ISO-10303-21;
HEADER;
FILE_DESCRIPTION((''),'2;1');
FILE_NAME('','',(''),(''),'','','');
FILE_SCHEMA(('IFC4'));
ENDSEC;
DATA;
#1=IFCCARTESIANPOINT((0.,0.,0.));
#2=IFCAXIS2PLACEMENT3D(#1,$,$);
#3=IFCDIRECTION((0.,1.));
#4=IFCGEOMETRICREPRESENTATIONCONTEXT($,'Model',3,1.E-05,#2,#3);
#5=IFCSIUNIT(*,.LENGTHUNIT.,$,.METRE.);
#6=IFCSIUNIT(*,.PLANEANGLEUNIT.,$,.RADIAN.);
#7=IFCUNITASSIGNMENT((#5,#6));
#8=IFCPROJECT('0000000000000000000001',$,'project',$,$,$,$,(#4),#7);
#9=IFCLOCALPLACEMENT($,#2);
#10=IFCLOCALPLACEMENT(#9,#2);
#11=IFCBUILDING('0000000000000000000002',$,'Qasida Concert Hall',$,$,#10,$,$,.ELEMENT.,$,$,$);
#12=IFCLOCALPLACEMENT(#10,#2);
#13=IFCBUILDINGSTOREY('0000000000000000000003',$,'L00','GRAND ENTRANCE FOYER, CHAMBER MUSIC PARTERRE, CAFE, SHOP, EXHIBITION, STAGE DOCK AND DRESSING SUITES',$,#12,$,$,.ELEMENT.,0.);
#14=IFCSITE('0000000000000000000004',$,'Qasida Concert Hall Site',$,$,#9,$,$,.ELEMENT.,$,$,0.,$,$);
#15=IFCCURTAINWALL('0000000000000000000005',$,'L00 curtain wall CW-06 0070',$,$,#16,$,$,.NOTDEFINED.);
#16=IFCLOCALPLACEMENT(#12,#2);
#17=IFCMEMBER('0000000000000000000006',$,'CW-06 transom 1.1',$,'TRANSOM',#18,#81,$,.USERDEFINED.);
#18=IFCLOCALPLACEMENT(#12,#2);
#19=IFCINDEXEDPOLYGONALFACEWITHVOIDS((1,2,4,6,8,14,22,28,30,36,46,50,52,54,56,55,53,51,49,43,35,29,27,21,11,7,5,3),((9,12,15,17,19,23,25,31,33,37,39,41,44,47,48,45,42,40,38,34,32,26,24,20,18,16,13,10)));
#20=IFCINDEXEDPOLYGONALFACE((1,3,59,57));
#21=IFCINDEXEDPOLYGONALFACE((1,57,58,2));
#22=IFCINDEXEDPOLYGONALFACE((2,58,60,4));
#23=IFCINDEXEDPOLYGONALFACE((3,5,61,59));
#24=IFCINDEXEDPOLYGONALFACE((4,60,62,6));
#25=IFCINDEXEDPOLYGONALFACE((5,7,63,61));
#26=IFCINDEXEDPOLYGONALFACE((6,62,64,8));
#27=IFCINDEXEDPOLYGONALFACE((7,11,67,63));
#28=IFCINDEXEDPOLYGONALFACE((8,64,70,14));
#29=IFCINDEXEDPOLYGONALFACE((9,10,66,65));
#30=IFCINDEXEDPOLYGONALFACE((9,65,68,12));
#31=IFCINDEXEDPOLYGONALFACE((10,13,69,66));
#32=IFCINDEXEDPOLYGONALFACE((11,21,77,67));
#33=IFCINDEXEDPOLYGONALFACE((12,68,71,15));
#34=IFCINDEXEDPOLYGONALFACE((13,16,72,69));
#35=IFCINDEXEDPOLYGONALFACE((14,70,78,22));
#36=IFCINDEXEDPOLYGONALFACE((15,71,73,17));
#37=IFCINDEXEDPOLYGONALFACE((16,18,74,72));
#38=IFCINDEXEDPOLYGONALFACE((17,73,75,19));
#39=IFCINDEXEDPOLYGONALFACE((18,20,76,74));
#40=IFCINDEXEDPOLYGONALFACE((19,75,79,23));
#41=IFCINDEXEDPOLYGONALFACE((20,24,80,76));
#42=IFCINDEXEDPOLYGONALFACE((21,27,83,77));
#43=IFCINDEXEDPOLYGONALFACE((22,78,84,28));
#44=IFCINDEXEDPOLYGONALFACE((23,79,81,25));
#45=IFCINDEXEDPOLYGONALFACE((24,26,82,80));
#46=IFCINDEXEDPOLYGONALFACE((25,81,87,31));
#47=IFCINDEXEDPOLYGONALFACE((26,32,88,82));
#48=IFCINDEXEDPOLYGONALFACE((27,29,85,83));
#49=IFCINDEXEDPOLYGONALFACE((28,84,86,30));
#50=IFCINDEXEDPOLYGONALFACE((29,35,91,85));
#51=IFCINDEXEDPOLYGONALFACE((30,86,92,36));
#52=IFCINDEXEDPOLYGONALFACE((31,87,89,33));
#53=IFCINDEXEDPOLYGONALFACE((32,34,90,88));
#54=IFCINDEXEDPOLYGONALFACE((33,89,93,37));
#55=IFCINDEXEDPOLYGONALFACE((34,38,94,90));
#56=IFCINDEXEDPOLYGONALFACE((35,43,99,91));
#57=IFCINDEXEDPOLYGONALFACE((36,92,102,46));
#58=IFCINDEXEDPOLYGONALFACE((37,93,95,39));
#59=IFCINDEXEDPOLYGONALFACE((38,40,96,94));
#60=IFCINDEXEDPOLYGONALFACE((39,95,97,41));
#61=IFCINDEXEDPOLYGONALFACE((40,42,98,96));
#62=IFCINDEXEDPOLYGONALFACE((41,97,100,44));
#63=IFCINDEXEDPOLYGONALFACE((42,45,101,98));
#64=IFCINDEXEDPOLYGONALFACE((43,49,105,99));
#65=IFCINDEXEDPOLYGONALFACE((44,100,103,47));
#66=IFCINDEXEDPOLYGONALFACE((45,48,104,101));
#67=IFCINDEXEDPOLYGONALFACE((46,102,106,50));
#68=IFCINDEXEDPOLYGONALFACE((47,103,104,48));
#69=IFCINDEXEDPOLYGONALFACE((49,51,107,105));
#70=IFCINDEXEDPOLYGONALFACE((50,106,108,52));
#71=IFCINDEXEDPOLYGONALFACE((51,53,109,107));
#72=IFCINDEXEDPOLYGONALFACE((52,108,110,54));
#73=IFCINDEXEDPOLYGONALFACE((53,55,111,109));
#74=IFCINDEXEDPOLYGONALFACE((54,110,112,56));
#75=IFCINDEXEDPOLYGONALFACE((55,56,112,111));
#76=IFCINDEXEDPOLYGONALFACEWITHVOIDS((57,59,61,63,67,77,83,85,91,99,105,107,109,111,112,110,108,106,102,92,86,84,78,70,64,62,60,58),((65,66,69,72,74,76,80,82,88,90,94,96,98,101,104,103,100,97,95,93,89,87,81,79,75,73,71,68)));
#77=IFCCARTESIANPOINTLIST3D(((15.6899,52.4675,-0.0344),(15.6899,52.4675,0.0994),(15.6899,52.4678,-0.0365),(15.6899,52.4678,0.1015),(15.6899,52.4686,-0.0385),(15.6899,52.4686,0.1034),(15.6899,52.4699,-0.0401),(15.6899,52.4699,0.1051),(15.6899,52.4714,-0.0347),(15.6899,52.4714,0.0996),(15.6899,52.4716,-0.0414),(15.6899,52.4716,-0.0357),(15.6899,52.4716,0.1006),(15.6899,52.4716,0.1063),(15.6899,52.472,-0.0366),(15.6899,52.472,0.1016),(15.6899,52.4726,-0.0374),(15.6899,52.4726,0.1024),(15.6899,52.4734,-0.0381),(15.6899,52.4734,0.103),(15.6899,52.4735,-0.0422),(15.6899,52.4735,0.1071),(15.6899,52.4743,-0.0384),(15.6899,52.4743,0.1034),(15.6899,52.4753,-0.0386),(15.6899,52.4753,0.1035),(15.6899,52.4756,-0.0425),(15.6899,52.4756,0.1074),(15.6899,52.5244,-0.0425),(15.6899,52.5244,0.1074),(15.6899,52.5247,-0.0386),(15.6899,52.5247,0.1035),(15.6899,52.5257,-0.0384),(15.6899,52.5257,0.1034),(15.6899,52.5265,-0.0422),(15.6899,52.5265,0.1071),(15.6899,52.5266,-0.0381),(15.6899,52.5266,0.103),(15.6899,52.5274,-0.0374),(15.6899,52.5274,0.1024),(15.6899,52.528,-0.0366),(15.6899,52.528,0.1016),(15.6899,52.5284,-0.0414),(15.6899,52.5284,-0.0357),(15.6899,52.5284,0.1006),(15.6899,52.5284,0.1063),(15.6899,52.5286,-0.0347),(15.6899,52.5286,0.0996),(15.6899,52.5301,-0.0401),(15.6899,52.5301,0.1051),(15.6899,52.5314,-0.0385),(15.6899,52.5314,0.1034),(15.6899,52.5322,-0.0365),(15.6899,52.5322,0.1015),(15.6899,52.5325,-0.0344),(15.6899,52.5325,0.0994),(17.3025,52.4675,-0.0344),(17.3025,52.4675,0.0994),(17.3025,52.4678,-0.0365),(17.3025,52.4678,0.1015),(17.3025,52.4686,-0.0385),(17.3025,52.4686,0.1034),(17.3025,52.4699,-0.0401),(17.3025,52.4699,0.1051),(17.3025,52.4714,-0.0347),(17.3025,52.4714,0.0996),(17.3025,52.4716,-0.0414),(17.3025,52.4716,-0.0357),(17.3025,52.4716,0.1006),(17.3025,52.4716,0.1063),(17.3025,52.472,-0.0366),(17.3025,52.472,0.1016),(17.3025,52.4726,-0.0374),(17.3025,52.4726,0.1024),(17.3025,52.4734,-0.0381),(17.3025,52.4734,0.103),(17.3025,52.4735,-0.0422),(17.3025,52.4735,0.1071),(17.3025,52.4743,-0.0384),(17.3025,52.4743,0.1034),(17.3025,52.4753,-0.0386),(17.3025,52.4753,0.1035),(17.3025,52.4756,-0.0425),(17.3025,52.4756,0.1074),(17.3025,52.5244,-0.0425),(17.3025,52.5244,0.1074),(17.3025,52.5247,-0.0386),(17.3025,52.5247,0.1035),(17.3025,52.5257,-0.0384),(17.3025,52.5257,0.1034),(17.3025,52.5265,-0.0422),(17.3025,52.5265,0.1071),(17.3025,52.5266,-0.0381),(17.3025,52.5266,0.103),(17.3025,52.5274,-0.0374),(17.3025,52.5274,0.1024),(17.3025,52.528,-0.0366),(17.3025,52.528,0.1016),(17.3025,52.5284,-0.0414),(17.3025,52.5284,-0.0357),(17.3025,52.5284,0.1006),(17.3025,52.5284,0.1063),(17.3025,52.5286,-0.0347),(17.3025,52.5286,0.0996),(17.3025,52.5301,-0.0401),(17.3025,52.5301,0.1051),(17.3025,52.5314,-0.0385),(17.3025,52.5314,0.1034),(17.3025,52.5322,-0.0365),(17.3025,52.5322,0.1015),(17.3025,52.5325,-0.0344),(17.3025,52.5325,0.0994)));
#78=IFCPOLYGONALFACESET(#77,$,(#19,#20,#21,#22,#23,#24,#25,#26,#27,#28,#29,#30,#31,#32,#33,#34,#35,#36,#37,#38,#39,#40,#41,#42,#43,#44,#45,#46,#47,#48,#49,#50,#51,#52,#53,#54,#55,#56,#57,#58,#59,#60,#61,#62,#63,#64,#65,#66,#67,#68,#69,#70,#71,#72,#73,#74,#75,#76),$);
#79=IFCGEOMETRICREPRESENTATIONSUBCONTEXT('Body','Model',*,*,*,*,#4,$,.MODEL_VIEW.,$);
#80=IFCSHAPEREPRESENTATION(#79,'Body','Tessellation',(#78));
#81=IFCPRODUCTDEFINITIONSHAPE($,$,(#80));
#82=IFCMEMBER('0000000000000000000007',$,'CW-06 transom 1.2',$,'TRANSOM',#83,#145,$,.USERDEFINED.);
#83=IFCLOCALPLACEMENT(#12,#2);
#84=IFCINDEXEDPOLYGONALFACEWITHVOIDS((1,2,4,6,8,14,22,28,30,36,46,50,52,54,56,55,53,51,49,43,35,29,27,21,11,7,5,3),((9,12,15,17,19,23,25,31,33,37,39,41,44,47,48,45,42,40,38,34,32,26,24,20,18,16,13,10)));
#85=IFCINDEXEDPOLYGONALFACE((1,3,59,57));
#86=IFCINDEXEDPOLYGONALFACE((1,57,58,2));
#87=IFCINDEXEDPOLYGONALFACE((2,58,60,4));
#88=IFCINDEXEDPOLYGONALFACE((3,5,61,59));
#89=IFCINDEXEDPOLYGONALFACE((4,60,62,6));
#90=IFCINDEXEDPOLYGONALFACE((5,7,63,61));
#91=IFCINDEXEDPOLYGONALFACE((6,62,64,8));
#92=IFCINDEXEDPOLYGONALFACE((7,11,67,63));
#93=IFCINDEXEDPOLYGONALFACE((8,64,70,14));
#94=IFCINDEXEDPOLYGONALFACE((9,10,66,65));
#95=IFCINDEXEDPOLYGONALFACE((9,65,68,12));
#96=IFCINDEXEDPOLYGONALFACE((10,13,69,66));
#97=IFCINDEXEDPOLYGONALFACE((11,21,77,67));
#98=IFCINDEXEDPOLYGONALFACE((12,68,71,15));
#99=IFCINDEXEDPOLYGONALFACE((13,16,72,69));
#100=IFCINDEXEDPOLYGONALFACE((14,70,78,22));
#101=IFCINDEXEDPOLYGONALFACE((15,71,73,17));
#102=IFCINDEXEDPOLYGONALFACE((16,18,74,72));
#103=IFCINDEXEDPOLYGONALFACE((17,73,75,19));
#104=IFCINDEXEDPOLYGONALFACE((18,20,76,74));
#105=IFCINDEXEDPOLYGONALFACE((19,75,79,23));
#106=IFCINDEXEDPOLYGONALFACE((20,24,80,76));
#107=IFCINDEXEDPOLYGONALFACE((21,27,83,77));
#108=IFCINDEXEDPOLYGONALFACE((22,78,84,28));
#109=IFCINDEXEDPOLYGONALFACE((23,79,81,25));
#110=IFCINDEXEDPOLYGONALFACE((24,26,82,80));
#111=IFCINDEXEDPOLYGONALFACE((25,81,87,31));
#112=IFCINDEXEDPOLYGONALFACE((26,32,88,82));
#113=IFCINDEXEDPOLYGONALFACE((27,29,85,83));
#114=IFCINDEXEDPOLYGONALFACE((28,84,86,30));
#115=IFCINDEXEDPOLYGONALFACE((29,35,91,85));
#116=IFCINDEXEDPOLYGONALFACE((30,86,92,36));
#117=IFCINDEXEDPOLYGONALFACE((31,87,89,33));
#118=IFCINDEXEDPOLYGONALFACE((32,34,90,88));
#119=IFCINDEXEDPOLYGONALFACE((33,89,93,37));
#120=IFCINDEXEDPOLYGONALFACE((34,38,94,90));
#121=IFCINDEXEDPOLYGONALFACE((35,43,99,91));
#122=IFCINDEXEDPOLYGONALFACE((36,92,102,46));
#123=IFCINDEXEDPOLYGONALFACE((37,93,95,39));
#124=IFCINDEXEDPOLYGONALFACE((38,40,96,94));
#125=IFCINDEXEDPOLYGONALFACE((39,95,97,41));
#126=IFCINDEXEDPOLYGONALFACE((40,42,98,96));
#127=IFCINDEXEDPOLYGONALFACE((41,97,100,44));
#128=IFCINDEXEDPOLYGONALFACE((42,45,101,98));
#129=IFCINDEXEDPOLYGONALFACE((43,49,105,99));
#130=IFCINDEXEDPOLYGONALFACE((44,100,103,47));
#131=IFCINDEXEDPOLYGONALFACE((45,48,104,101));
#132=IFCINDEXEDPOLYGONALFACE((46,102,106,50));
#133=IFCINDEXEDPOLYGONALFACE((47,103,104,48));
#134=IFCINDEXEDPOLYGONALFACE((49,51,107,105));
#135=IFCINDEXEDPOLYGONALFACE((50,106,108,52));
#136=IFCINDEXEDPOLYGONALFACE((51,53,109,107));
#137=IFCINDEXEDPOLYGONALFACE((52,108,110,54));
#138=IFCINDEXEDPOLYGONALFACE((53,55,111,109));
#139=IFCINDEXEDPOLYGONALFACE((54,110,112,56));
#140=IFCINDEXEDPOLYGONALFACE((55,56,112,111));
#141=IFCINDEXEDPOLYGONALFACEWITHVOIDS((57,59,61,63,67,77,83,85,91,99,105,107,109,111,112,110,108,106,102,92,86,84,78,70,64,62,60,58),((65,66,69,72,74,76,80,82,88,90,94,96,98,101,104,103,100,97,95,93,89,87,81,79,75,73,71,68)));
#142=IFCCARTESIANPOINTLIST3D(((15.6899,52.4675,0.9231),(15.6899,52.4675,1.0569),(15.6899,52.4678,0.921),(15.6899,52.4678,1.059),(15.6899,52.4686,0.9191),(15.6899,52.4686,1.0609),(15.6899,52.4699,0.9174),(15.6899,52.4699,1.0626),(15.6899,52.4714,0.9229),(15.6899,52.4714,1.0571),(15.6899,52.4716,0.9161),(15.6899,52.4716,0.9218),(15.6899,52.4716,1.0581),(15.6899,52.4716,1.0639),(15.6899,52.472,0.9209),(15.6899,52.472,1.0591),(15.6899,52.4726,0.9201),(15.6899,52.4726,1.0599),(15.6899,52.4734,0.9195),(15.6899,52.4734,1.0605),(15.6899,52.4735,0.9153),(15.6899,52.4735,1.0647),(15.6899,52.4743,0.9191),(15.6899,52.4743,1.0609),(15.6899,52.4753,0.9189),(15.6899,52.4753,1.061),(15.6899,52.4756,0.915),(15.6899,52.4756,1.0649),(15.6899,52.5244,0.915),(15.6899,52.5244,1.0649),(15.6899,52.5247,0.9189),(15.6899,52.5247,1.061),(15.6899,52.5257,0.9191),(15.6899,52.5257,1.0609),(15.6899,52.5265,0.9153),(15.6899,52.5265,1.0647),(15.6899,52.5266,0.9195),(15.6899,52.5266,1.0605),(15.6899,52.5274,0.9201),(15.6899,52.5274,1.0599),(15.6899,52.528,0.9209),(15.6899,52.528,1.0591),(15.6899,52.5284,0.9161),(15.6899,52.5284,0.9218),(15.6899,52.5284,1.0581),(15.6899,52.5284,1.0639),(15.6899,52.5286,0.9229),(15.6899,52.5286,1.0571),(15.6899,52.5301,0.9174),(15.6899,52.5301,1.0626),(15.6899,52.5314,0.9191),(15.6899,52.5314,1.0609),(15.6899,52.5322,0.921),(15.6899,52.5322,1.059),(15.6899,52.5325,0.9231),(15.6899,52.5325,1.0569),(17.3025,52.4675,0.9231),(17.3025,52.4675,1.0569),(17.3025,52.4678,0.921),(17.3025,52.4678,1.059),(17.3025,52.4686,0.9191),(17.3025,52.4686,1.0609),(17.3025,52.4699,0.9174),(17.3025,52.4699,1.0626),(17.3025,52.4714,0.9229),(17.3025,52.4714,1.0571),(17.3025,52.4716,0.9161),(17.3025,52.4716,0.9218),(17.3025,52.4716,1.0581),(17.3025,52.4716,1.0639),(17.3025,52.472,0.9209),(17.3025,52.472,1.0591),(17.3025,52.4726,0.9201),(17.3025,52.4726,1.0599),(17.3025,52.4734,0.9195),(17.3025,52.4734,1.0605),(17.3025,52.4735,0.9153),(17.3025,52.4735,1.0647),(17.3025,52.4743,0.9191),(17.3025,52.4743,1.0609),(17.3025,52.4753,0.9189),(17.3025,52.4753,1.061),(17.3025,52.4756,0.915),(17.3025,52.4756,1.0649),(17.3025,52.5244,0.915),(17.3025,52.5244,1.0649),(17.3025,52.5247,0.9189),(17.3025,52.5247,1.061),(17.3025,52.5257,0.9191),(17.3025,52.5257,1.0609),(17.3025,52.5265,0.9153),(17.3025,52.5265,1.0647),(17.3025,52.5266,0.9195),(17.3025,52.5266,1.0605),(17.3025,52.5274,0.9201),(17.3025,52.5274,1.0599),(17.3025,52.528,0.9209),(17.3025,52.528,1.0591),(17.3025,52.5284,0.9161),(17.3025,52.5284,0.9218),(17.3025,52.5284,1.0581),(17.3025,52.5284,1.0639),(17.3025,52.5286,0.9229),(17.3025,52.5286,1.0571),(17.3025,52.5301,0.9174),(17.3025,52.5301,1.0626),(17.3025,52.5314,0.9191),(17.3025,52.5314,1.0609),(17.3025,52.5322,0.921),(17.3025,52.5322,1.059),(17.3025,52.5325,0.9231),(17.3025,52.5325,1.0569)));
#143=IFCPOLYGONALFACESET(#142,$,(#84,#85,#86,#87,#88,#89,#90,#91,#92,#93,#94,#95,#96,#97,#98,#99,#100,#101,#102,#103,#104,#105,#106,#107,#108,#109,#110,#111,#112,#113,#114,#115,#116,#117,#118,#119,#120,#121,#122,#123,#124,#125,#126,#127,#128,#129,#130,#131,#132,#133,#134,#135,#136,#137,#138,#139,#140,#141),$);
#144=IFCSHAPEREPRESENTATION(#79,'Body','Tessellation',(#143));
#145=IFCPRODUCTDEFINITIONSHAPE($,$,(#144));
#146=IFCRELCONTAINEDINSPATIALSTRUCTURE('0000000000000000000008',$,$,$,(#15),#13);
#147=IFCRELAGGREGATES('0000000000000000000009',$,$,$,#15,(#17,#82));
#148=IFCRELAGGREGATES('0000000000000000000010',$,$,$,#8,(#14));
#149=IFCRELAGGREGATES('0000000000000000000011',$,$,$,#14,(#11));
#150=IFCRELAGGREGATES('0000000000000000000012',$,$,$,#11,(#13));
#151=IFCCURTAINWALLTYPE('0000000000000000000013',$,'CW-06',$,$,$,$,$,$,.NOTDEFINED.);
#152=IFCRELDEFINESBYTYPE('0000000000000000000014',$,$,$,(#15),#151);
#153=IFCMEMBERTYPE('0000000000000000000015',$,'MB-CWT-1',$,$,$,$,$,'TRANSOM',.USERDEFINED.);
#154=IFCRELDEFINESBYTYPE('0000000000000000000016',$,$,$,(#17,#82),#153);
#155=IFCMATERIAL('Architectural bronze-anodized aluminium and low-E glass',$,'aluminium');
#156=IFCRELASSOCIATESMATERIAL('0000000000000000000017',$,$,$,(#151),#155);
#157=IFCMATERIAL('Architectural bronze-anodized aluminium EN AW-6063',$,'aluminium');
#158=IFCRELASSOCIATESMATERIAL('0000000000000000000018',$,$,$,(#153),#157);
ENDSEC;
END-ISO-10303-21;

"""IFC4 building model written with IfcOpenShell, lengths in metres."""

from ifc_helpers import new_model, si_unit, direction, frame, origin, origin_2d, place, context, subcontext, project, spatial, hollow_rectangle, extrude, material, material_profile, profile_set, type_object, element, aggregate, save


model = new_model("IFC4")

# Units and contexts
model_context = context("Model", 3, precision=1e-05, world=origin(), true_north=direction((0.0, 1.0)))
body_context = subcontext(model_context, "Body", "Model", "MODEL_VIEW")
ifc_project = project(units=[si_unit("LENGTHUNIT", "METRE"), si_unit("PLANEANGLEUNIT", "RADIAN")], contexts=[model_context])

# Site, building, storey
site_placement = place(None, origin())
site = spatial("IfcSite", under=ifc_project, at=site_placement, Name="Qasida Concert Hall Site", CompositionType="ELEMENT", RefElevation=0.0)
building_placement = place(site_placement, origin())
building = spatial("IfcBuilding", under=site, at=building_placement, Name="Qasida Concert Hall", CompositionType="ELEMENT")
storey_placement = place(building_placement, origin())
storey = spatial("IfcBuildingStorey", under=building, at=storey_placement, Name="L00", Description="GRAND ENTRANCE FOYER, CHAMBER MUSIC PARTERRE, CAFE, SHOP, EXHIBITION, STAGE DOCK AND DRESSING SUITES", CompositionType="ELEMENT", Elevation=0.0)

# Curtain wall
ifc_material_1 = material(Name="Architectural bronze-anodized aluminium and low-E glass", Category="aluminium")
curtain_wall_type = type_object("IfcCurtainWallType", Name="CW-06", PredefinedType="NOTDEFINED", material=ifc_material_1)
ifc_material_2 = material(Name="Architectural bronze-anodized aluminium EN AW-6063", Category="aluminium")
curtain_wall_1_placement = place(storey_placement, origin())
curtain_wall_1 = element("IfcCurtainWall", 1, at=curtain_wall_1_placement, inside=storey, type_object=curtain_wall_type, Name="L00 curtain wall CW-06 0070", PredefinedType="NOTDEFINED")

# Members
ifc_material_profile_1 = material_profile(ifc_material_2, hollow_rectangle(XDim=0.0649, YDim=0.1499, WallThickness=0.0039, InnerFilletRadius=0.0039, OuterFilletRadius=0.0081, at=origin_2d()), Name="CWT 150x65x4")
ifc_profile_set_1 = profile_set([ifc_material_profile_1], Name="Architectural bronze-anodized aluminium EN AW-6063")
member_type_1 = type_object("IfcMemberType", Name="MB-CWT-1", ElementType="TRANSOM", PredefinedType="USERDEFINED", material=ifc_profile_set_1)
member_1_placement = place(storey_placement, frame((15.6899, 52.5, 0.0325), z_axis=(1.0, 0.0, 0.0), x_axis=(0.0, 1.0, 0.0)))
member_1 = element("IfcMember", 2, at=member_1_placement, type_object=member_type_1, Name="CW-06 transom 1.1", ObjectType="TRANSOM", PredefinedType="USERDEFINED", context=body_context, shape_type="SweptSolid", body=[
    extrude(hollow_rectangle(XDim=0.0649, YDim=0.1499, WallThickness=0.0039, InnerFilletRadius=0.0039, OuterFilletRadius=0.0081, at=origin_2d()), origin(), (0.0, 0.0, 1.0), 1.6125),
])
member_2_placement = place(storey_placement, frame((15.6899, 52.5, 0.99), z_axis=(1.0, 0.0, 0.0), x_axis=(0.0, 1.0, 0.0)))
member_2 = element("IfcMember", 3, at=member_2_placement, type_object=member_type_1, Name="CW-06 transom 1.2", ObjectType="TRANSOM", PredefinedType="USERDEFINED", context=body_context, shape_type="SweptSolid", body=[
    extrude(hollow_rectangle(XDim=0.0649, YDim=0.1499, WallThickness=0.0039, InnerFilletRadius=0.0039, OuterFilletRadius=0.0081, at=origin_2d()), origin(), (0.0, 0.0, 1.0), 1.6125),
])

aggregate(curtain_wall_1, [member_1, member_2])

save(model, "model.ifc")
